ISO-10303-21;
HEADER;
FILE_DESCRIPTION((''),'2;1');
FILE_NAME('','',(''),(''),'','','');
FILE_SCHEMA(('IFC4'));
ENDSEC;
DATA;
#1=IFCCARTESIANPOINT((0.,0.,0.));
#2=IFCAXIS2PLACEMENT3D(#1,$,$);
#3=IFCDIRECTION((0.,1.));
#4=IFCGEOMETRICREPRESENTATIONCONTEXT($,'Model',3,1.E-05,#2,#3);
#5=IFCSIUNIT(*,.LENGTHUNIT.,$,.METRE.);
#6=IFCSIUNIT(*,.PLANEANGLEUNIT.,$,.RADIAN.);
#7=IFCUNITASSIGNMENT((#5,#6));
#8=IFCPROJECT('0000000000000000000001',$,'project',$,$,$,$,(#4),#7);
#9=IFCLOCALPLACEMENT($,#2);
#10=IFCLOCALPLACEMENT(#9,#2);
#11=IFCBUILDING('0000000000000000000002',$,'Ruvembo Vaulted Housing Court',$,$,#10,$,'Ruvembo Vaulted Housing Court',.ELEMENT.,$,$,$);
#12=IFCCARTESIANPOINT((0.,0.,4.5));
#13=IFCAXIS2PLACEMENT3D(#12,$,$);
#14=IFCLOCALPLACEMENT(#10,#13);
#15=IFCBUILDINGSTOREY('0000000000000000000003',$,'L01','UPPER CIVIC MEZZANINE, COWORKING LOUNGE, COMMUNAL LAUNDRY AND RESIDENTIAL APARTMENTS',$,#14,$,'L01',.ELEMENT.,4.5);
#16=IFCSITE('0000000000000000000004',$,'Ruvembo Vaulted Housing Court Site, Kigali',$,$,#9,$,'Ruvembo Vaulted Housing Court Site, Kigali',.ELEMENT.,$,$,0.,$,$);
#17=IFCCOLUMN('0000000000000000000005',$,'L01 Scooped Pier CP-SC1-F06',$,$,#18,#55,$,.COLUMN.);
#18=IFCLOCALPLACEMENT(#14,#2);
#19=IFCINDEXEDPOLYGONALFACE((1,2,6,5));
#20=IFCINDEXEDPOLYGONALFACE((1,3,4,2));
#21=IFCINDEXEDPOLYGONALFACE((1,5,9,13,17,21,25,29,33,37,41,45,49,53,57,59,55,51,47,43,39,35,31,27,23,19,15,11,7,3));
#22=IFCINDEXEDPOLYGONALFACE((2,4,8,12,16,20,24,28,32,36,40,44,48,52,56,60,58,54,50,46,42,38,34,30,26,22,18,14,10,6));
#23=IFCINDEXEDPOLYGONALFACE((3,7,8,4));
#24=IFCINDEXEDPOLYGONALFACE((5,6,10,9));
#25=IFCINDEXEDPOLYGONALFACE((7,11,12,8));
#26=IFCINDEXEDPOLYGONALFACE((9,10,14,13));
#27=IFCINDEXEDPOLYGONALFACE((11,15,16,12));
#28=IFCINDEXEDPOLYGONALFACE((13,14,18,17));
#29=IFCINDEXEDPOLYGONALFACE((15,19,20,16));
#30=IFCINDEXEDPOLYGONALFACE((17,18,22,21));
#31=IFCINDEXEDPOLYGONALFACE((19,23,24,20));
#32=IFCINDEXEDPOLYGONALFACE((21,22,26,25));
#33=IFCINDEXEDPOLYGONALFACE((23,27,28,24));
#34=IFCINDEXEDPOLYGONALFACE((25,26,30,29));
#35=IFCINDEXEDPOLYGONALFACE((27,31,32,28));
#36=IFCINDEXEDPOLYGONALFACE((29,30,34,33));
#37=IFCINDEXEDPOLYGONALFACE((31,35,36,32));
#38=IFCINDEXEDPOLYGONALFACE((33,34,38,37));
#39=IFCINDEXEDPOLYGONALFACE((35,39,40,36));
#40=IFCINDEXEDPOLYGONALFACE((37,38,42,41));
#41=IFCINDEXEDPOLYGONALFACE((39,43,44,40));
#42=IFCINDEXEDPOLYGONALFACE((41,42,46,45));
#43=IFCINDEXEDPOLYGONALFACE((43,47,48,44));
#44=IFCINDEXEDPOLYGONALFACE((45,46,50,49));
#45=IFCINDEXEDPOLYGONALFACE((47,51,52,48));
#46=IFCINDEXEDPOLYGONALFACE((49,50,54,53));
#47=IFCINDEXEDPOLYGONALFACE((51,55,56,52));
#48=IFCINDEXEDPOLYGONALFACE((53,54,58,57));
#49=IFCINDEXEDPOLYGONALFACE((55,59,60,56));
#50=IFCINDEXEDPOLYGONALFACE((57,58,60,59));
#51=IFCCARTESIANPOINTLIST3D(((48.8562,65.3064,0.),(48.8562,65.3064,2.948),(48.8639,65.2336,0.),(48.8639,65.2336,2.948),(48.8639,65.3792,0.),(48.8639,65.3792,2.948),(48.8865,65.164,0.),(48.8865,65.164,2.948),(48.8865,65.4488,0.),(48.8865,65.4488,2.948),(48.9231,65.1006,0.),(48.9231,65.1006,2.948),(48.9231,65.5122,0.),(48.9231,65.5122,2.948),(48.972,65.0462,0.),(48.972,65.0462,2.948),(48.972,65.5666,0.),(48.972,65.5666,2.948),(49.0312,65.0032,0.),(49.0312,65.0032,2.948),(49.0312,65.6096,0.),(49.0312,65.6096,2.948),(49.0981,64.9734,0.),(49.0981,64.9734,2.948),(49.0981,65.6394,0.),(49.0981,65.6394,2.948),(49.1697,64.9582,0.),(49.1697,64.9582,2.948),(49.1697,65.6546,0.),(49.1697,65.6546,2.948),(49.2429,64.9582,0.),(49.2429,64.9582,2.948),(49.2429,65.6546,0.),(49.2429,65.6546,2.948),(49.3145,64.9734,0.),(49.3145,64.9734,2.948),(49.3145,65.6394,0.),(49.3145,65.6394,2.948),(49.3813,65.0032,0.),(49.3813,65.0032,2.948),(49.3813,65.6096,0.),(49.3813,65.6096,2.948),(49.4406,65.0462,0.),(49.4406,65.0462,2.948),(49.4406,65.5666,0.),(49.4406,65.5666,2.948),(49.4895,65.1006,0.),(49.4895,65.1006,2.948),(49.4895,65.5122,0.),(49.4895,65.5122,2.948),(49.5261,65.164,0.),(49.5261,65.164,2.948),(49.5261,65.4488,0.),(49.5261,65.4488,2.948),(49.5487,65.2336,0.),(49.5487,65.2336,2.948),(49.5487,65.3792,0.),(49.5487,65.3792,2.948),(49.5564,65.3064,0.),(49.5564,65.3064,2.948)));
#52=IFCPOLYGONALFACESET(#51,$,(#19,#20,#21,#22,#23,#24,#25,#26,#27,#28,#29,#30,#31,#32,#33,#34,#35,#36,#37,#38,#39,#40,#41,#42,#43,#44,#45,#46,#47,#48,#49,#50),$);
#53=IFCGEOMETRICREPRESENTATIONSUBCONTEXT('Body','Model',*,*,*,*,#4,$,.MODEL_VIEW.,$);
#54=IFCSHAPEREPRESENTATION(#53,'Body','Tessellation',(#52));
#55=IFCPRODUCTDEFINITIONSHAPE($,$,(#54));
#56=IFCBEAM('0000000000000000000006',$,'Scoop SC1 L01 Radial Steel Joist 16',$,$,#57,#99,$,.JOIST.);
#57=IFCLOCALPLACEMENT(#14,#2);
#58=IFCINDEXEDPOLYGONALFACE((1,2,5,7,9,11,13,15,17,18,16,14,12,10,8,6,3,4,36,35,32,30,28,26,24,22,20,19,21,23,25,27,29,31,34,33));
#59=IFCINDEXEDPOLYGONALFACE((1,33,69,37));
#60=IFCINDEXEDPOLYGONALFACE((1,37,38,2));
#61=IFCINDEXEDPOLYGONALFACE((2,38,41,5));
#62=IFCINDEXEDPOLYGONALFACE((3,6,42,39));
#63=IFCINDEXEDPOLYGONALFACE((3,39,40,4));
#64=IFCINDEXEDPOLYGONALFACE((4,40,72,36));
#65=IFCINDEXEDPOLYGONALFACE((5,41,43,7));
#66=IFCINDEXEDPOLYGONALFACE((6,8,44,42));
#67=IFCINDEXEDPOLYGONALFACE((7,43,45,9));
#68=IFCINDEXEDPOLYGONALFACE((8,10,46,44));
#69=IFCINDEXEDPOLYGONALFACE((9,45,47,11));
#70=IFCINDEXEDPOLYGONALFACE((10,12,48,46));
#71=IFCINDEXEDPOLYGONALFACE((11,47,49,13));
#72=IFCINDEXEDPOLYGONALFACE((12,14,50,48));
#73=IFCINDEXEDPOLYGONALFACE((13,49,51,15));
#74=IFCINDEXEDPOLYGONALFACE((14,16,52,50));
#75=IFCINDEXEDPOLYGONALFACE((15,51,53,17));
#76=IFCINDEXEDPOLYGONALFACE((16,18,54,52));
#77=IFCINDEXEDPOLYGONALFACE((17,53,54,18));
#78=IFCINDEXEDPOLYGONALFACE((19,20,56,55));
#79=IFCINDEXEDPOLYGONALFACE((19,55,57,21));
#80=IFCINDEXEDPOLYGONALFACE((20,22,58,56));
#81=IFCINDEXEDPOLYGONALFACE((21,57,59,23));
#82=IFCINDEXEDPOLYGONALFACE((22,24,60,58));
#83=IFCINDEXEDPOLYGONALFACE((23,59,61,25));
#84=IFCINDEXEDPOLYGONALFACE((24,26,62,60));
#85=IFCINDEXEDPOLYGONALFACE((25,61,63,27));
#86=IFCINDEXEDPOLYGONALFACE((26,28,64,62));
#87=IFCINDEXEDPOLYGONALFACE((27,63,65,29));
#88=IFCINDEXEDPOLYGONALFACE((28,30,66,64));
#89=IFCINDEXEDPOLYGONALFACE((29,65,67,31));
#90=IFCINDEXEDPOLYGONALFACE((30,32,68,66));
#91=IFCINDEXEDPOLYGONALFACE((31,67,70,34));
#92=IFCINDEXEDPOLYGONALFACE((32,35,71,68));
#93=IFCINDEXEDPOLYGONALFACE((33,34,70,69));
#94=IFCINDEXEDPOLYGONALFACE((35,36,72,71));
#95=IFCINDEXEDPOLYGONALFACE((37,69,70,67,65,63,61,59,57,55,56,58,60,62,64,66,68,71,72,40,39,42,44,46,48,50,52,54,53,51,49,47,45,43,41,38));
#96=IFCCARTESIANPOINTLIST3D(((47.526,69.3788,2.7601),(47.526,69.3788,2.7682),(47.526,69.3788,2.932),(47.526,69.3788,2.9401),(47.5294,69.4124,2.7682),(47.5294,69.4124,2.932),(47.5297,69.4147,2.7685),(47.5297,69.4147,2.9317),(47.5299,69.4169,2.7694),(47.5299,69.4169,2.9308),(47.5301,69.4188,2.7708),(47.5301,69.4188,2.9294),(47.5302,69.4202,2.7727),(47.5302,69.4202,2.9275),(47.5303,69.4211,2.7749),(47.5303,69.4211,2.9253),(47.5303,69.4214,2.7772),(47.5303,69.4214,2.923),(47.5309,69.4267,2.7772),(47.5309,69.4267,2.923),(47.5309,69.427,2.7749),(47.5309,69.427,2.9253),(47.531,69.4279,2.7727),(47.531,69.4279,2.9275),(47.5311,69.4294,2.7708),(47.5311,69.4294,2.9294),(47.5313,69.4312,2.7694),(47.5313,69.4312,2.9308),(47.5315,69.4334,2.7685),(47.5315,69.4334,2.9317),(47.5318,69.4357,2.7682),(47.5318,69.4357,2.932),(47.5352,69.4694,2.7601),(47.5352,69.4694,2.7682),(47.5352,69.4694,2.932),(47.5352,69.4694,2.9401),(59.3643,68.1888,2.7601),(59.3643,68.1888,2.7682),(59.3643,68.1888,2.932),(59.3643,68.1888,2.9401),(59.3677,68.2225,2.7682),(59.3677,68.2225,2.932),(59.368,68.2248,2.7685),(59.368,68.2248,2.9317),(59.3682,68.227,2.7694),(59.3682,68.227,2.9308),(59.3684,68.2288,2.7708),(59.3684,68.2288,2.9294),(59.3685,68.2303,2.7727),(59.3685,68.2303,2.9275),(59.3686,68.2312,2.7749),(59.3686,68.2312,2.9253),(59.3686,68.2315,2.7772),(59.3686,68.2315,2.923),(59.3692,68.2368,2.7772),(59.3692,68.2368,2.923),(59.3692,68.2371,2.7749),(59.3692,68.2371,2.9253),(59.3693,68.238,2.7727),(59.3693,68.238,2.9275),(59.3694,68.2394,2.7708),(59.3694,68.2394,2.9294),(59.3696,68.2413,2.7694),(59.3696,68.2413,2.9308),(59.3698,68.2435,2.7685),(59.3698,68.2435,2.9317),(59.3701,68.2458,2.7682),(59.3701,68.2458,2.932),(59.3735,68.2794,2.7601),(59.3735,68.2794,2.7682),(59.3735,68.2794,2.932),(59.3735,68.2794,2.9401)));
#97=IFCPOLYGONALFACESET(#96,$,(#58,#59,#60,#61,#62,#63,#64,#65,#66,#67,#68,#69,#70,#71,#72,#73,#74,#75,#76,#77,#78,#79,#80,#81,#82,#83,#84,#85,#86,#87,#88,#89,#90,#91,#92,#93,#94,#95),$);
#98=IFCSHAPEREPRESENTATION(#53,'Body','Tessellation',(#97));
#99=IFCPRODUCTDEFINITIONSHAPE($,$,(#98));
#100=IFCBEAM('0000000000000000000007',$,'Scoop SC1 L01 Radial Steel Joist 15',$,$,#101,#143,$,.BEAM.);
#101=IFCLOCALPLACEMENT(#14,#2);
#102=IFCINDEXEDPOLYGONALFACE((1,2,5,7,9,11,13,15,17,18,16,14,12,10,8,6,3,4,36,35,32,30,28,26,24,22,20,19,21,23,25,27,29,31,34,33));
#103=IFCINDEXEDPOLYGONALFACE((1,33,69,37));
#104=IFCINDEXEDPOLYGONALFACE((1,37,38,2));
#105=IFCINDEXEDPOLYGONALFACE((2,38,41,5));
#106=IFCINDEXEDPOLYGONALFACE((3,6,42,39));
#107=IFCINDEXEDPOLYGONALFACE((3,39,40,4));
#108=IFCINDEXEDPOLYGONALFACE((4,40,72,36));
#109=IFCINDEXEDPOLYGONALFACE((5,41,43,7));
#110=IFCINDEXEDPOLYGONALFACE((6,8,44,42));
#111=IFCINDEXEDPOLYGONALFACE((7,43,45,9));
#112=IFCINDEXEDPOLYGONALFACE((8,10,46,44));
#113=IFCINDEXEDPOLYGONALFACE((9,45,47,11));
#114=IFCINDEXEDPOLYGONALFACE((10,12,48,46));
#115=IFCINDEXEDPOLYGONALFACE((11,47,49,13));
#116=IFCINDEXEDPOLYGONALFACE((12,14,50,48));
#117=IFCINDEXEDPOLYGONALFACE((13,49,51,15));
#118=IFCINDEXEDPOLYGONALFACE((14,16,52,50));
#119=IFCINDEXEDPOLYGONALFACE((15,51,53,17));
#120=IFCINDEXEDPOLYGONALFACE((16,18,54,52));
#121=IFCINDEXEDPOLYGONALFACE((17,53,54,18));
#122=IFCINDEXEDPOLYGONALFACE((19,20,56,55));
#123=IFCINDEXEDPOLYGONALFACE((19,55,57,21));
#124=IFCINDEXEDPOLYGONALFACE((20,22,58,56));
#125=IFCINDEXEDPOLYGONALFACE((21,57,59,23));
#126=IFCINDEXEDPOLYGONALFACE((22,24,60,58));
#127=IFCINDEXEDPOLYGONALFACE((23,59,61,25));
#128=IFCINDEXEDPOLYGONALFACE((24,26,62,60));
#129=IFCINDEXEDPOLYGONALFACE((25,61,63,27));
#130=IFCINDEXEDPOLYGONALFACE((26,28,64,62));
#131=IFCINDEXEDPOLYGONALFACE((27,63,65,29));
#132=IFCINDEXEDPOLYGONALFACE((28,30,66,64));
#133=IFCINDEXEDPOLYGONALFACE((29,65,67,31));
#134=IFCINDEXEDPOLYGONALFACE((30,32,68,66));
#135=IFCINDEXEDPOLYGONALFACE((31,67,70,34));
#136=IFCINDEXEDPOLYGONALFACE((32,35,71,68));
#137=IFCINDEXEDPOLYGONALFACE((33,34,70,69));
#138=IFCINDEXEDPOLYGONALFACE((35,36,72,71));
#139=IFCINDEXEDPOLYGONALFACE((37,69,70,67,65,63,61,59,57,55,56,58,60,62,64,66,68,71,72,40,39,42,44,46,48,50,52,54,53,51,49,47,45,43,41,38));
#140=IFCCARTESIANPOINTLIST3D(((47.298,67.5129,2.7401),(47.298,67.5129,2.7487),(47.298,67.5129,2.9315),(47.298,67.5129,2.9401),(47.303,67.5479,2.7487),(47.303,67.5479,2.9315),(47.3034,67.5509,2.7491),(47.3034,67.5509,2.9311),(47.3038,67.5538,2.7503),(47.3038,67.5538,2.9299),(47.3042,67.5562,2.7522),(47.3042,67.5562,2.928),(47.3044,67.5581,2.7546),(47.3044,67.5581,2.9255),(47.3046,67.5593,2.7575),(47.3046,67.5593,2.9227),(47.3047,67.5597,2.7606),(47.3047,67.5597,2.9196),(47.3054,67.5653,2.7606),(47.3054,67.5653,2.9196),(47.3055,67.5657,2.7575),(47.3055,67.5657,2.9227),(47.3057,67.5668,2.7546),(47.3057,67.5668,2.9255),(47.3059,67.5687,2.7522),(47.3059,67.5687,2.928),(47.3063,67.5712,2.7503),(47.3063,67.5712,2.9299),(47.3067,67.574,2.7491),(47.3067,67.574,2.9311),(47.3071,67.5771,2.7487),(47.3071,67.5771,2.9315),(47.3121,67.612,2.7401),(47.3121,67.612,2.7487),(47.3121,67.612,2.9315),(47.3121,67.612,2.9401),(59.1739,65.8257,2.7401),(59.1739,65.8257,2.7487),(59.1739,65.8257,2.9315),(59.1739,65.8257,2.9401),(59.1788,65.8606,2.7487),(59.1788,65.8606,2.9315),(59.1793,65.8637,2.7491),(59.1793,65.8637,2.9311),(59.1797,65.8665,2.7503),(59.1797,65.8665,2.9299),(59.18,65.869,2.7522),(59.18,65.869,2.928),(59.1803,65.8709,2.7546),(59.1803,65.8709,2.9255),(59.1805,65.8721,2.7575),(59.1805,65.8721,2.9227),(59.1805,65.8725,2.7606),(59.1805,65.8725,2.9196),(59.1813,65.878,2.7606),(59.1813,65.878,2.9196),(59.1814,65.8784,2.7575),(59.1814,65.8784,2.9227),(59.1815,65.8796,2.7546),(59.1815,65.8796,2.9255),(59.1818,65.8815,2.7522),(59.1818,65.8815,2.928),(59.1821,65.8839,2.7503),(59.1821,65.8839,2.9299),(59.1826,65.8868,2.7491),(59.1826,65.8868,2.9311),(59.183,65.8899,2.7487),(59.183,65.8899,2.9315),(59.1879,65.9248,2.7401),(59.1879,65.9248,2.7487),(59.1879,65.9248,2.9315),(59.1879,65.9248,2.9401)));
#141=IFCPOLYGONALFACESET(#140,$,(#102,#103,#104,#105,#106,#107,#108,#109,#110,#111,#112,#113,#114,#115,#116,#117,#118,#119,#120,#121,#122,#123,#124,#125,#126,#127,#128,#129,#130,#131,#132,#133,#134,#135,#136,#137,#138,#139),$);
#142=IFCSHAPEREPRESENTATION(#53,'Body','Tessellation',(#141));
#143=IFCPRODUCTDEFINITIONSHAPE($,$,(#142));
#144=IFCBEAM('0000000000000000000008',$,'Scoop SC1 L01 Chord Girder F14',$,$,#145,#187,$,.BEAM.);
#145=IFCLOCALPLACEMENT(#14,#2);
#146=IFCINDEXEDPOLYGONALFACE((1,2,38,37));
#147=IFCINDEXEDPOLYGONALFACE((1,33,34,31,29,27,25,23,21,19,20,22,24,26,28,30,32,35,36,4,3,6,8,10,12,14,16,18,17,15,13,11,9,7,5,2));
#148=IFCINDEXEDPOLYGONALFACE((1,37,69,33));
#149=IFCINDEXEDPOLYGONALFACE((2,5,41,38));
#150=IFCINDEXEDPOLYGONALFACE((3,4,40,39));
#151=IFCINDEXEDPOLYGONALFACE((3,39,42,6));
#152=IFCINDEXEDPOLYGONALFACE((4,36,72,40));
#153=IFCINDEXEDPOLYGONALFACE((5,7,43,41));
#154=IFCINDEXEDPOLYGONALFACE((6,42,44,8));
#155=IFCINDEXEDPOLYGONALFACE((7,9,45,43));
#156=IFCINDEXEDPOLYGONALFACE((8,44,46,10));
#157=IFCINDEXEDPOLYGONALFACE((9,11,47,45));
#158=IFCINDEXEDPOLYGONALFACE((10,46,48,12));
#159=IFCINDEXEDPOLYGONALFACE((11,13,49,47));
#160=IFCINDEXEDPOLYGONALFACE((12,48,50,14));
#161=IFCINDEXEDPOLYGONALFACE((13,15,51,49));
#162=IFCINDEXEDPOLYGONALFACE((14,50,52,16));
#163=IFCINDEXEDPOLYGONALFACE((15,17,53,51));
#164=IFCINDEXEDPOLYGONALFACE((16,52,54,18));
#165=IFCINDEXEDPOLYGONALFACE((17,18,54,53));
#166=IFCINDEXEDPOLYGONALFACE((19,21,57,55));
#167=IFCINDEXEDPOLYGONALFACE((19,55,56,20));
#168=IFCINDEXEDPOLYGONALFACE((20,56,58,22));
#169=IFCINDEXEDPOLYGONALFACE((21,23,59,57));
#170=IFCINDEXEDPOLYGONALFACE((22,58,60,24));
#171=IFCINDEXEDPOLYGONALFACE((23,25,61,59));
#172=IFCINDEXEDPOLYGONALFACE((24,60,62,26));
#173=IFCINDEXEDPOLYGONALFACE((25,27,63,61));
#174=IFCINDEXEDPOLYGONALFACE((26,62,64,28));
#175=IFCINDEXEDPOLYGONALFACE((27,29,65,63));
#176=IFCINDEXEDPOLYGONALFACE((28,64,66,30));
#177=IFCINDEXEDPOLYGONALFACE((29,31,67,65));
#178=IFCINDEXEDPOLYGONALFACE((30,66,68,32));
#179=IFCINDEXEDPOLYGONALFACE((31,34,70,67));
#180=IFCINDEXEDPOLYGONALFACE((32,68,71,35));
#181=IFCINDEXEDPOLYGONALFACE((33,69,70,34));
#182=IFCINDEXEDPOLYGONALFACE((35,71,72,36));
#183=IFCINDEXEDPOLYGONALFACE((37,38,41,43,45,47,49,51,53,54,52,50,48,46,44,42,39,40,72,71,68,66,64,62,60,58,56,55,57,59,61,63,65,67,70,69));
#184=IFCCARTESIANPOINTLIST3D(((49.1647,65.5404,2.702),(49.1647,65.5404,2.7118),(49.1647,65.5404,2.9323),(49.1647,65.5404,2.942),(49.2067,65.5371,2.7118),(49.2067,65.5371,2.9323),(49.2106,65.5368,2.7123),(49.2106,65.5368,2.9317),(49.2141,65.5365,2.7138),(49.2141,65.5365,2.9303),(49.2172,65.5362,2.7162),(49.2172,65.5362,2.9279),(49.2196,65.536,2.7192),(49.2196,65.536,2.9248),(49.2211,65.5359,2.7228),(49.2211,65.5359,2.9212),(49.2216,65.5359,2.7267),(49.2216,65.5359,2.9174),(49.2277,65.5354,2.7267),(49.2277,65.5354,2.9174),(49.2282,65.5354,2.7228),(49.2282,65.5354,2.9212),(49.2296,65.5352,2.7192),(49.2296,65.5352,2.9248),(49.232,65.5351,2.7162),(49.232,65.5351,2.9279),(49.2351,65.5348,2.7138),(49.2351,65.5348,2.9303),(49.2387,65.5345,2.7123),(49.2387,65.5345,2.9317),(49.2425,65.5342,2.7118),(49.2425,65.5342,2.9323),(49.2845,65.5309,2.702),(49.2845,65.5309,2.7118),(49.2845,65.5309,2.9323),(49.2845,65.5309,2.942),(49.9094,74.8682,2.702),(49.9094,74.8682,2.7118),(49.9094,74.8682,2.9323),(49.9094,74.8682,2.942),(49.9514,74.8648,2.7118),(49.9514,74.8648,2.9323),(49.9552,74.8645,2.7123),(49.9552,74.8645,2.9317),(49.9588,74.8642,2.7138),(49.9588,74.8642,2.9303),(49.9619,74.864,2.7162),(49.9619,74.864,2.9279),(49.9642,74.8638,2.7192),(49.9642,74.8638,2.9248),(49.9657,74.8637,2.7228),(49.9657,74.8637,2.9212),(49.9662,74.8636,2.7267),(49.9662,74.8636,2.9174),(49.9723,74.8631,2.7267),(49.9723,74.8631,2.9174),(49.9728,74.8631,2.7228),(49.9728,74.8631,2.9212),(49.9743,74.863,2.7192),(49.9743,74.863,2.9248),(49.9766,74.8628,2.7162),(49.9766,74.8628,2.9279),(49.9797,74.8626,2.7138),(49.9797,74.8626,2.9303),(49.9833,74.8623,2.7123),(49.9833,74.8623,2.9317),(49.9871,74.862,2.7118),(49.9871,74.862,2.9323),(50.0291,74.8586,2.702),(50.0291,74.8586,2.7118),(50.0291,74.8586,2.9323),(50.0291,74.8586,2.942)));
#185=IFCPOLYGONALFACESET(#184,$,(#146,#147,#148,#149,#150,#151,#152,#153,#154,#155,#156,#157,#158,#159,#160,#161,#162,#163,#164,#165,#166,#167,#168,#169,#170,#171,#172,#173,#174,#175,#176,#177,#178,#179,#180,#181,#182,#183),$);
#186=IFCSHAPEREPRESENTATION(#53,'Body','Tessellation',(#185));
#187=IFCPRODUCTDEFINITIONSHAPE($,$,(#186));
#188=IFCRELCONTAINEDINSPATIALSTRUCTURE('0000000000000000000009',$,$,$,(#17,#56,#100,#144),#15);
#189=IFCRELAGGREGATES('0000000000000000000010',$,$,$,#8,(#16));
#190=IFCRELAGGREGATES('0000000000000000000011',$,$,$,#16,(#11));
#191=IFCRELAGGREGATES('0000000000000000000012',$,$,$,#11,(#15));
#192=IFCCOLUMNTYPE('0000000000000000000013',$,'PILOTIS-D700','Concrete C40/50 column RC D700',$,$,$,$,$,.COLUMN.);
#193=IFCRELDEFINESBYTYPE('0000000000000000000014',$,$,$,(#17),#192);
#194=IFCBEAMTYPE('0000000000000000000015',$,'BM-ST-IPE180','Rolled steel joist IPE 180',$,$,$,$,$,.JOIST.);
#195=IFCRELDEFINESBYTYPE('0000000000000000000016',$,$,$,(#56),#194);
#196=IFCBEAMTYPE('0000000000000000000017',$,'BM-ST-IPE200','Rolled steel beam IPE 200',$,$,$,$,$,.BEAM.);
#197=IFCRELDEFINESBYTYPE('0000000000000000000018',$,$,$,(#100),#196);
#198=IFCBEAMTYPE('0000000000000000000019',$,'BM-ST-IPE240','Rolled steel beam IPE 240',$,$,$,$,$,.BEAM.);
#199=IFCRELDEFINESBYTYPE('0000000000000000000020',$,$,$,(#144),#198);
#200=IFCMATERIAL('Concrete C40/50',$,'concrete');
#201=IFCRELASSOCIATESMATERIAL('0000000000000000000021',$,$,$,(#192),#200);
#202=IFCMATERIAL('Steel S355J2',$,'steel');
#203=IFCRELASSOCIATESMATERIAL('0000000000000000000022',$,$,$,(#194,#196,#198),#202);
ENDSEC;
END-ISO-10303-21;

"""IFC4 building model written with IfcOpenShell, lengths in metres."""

from ifc_helpers import new_model, si_unit, direction, frame, origin, origin_2d, place, context, subcontext, project, spatial, circle, i_section, extrude, material, material_profile, profile_set, type_object, element, save


model = new_model("IFC4")

# Units and contexts
model_context = context("Model", 3, precision=1e-05, world=origin(), true_north=direction((0.0, 1.0)))
body_context = subcontext(model_context, "Body", "Model", "MODEL_VIEW")
ifc_project = project(units=[si_unit("LENGTHUNIT", "METRE"), si_unit("PLANEANGLEUNIT", "RADIAN")], contexts=[model_context])

# Site, building, storey
site_placement = place(None, origin())
site = spatial("IfcSite", under=ifc_project, at=site_placement, Name="Ruvembo Vaulted Housing Court Site, Kigali", LongName="Ruvembo Vaulted Housing Court Site, Kigali", CompositionType="ELEMENT", RefElevation=0.0)
building_placement = place(site_placement, origin())
building = spatial("IfcBuilding", under=site, at=building_placement, Name="Ruvembo Vaulted Housing Court", LongName="Ruvembo Vaulted Housing Court", CompositionType="ELEMENT")
storey_placement = place(building_placement, frame((0.0, 0.0, 4.5)))
storey = spatial("IfcBuildingStorey", under=building, at=storey_placement, Name="L01", Description="UPPER CIVIC MEZZANINE, COWORKING LOUNGE, COMMUNAL LAUNDRY AND RESIDENTIAL APARTMENTS", LongName="L01", CompositionType="ELEMENT", Elevation=4.5)

# Column
ifc_material_1 = material(Name="Concrete C40/50", Category="concrete")
ifc_material_profile_1 = material_profile(ifc_material_1, circle(Radius=0.3501, at=origin_2d()), Name="RC D700")
ifc_profile_set_1 = profile_set([ifc_material_profile_1], Name="Concrete C40/50")
column_type = type_object("IfcColumnType", Name="PILOTIS-D700", Description="Concrete C40/50 column RC D700", PredefinedType="COLUMN", material=ifc_profile_set_1)
column_placement = place(storey_placement, frame((49.2063, 65.3064, 0.0), z_axis=(0.0, 0.0, 1.0), x_axis=(1.0, 0.0, 0.0)))
element("IfcColumn", 1, at=column_placement, inside=storey, type_object=column_type, Name="L01 Scooped Pier CP-SC1-F06", PredefinedType="COLUMN", context=body_context, shape_type="SweptSolid", body=[
    extrude(circle(Radius=0.3501, at=origin_2d()), origin(), (0.0, 0.0, 1.0), 2.948),
])

# Beams
ifc_material_2 = material(Name="Steel S355J2", Category="steel")
ifc_material_profile_2 = material_profile(ifc_material_2, i_section(OverallWidth=0.0911, OverallDepth=0.1799, WebThickness=0.0054, FlangeThickness=0.0081, FilletRadius=0.009, at=origin_2d()), Name="IPE 180")
ifc_profile_set_2 = profile_set([ifc_material_profile_2], Name="Steel S355J2")
beam_type_1 = type_object("IfcBeamType", Name="BM-ST-IPE180", Description="Rolled steel joist IPE 180", PredefinedType="JOIST", material=ifc_profile_set_2)
beam_1_placement = place(storey_placement, frame((59.3689, 68.2341, 2.8501), z_axis=(-0.994986, 0.100012, 0.0), x_axis=(-0.100012, -0.994986, 0.0)))
element("IfcBeam", 2, at=beam_1_placement, inside=storey, type_object=beam_type_1, Name="Scoop SC1 L01 Radial Steel Joist 16", PredefinedType="JOIST", context=body_context, shape_type="SweptSolid", body=[
    extrude(i_section(OverallWidth=0.0911, OverallDepth=0.1799, WebThickness=0.0054, FlangeThickness=0.0081, FilletRadius=0.009, at=origin_2d()), origin(), (0.0, 0.0, 1.0), 11.8979),
])
ifc_material_profile_3 = material_profile(ifc_material_2, i_section(OverallWidth=0.1001, OverallDepth=0.2, WebThickness=0.0056, FlangeThickness=0.0085, FilletRadius=0.012, at=origin_2d()), Name="IPE 200")
ifc_profile_set_3 = profile_set([ifc_material_profile_3], Name="Steel S355J2")
beam_type_2 = type_object("IfcBeamType", Name="BM-ST-IPE200", Description="Rolled steel beam IPE 200", PredefinedType="BEAM", material=ifc_profile_set_3)
beam_2_placement = place(storey_placement, frame((59.1809, 65.8752, 2.8401), z_axis=(-0.990058, 0.140661, 0.0), x_axis=(-0.140661, -0.990058, 0.0)))
element("IfcBeam", 3, at=beam_2_placement, inside=storey, type_object=beam_type_2, Name="Scoop SC1 L01 Radial Steel Joist 15", PredefinedType="BEAM", context=body_context, shape_type="SweptSolid", body=[
    extrude(i_section(OverallWidth=0.1001, OverallDepth=0.2, WebThickness=0.0056, FlangeThickness=0.0085, FilletRadius=0.012, at=origin_2d()), origin(), (0.0, 0.0, 1.0), 11.9951),
])
ifc_material_profile_4 = material_profile(ifc_material_2, i_section(OverallWidth=0.1201, OverallDepth=0.24, WebThickness=0.0061, FlangeThickness=0.0098, FilletRadius=0.0149, at=origin_2d()), Name="IPE 240")
ifc_profile_set_4 = profile_set([ifc_material_profile_4], Name="Steel S355J2")
beam_type_3 = type_object("IfcBeamType", Name="BM-ST-IPE240", Description="Rolled steel beam IPE 240", PredefinedType="BEAM", material=ifc_profile_set_4)
beam_3_placement = place(storey_placement, frame((49.2246, 65.5356, 2.822), z_axis=(0.079577, 0.996829, 0.0), x_axis=(-0.996829, 0.079577, 0.0)))
element("IfcBeam", 4, at=beam_3_placement, inside=storey, type_object=beam_type_3, Name="Scoop SC1 L01 Chord Girder F14", PredefinedType="BEAM", context=body_context, shape_type="SweptSolid", body=[
    extrude(i_section(OverallWidth=0.1201, OverallDepth=0.24, WebThickness=0.0061, FlangeThickness=0.0098, FilletRadius=0.0149, at=origin_2d()), origin(), (0.0, 0.0, 1.0), 9.3574),
])

save(model, "model.ifc")
